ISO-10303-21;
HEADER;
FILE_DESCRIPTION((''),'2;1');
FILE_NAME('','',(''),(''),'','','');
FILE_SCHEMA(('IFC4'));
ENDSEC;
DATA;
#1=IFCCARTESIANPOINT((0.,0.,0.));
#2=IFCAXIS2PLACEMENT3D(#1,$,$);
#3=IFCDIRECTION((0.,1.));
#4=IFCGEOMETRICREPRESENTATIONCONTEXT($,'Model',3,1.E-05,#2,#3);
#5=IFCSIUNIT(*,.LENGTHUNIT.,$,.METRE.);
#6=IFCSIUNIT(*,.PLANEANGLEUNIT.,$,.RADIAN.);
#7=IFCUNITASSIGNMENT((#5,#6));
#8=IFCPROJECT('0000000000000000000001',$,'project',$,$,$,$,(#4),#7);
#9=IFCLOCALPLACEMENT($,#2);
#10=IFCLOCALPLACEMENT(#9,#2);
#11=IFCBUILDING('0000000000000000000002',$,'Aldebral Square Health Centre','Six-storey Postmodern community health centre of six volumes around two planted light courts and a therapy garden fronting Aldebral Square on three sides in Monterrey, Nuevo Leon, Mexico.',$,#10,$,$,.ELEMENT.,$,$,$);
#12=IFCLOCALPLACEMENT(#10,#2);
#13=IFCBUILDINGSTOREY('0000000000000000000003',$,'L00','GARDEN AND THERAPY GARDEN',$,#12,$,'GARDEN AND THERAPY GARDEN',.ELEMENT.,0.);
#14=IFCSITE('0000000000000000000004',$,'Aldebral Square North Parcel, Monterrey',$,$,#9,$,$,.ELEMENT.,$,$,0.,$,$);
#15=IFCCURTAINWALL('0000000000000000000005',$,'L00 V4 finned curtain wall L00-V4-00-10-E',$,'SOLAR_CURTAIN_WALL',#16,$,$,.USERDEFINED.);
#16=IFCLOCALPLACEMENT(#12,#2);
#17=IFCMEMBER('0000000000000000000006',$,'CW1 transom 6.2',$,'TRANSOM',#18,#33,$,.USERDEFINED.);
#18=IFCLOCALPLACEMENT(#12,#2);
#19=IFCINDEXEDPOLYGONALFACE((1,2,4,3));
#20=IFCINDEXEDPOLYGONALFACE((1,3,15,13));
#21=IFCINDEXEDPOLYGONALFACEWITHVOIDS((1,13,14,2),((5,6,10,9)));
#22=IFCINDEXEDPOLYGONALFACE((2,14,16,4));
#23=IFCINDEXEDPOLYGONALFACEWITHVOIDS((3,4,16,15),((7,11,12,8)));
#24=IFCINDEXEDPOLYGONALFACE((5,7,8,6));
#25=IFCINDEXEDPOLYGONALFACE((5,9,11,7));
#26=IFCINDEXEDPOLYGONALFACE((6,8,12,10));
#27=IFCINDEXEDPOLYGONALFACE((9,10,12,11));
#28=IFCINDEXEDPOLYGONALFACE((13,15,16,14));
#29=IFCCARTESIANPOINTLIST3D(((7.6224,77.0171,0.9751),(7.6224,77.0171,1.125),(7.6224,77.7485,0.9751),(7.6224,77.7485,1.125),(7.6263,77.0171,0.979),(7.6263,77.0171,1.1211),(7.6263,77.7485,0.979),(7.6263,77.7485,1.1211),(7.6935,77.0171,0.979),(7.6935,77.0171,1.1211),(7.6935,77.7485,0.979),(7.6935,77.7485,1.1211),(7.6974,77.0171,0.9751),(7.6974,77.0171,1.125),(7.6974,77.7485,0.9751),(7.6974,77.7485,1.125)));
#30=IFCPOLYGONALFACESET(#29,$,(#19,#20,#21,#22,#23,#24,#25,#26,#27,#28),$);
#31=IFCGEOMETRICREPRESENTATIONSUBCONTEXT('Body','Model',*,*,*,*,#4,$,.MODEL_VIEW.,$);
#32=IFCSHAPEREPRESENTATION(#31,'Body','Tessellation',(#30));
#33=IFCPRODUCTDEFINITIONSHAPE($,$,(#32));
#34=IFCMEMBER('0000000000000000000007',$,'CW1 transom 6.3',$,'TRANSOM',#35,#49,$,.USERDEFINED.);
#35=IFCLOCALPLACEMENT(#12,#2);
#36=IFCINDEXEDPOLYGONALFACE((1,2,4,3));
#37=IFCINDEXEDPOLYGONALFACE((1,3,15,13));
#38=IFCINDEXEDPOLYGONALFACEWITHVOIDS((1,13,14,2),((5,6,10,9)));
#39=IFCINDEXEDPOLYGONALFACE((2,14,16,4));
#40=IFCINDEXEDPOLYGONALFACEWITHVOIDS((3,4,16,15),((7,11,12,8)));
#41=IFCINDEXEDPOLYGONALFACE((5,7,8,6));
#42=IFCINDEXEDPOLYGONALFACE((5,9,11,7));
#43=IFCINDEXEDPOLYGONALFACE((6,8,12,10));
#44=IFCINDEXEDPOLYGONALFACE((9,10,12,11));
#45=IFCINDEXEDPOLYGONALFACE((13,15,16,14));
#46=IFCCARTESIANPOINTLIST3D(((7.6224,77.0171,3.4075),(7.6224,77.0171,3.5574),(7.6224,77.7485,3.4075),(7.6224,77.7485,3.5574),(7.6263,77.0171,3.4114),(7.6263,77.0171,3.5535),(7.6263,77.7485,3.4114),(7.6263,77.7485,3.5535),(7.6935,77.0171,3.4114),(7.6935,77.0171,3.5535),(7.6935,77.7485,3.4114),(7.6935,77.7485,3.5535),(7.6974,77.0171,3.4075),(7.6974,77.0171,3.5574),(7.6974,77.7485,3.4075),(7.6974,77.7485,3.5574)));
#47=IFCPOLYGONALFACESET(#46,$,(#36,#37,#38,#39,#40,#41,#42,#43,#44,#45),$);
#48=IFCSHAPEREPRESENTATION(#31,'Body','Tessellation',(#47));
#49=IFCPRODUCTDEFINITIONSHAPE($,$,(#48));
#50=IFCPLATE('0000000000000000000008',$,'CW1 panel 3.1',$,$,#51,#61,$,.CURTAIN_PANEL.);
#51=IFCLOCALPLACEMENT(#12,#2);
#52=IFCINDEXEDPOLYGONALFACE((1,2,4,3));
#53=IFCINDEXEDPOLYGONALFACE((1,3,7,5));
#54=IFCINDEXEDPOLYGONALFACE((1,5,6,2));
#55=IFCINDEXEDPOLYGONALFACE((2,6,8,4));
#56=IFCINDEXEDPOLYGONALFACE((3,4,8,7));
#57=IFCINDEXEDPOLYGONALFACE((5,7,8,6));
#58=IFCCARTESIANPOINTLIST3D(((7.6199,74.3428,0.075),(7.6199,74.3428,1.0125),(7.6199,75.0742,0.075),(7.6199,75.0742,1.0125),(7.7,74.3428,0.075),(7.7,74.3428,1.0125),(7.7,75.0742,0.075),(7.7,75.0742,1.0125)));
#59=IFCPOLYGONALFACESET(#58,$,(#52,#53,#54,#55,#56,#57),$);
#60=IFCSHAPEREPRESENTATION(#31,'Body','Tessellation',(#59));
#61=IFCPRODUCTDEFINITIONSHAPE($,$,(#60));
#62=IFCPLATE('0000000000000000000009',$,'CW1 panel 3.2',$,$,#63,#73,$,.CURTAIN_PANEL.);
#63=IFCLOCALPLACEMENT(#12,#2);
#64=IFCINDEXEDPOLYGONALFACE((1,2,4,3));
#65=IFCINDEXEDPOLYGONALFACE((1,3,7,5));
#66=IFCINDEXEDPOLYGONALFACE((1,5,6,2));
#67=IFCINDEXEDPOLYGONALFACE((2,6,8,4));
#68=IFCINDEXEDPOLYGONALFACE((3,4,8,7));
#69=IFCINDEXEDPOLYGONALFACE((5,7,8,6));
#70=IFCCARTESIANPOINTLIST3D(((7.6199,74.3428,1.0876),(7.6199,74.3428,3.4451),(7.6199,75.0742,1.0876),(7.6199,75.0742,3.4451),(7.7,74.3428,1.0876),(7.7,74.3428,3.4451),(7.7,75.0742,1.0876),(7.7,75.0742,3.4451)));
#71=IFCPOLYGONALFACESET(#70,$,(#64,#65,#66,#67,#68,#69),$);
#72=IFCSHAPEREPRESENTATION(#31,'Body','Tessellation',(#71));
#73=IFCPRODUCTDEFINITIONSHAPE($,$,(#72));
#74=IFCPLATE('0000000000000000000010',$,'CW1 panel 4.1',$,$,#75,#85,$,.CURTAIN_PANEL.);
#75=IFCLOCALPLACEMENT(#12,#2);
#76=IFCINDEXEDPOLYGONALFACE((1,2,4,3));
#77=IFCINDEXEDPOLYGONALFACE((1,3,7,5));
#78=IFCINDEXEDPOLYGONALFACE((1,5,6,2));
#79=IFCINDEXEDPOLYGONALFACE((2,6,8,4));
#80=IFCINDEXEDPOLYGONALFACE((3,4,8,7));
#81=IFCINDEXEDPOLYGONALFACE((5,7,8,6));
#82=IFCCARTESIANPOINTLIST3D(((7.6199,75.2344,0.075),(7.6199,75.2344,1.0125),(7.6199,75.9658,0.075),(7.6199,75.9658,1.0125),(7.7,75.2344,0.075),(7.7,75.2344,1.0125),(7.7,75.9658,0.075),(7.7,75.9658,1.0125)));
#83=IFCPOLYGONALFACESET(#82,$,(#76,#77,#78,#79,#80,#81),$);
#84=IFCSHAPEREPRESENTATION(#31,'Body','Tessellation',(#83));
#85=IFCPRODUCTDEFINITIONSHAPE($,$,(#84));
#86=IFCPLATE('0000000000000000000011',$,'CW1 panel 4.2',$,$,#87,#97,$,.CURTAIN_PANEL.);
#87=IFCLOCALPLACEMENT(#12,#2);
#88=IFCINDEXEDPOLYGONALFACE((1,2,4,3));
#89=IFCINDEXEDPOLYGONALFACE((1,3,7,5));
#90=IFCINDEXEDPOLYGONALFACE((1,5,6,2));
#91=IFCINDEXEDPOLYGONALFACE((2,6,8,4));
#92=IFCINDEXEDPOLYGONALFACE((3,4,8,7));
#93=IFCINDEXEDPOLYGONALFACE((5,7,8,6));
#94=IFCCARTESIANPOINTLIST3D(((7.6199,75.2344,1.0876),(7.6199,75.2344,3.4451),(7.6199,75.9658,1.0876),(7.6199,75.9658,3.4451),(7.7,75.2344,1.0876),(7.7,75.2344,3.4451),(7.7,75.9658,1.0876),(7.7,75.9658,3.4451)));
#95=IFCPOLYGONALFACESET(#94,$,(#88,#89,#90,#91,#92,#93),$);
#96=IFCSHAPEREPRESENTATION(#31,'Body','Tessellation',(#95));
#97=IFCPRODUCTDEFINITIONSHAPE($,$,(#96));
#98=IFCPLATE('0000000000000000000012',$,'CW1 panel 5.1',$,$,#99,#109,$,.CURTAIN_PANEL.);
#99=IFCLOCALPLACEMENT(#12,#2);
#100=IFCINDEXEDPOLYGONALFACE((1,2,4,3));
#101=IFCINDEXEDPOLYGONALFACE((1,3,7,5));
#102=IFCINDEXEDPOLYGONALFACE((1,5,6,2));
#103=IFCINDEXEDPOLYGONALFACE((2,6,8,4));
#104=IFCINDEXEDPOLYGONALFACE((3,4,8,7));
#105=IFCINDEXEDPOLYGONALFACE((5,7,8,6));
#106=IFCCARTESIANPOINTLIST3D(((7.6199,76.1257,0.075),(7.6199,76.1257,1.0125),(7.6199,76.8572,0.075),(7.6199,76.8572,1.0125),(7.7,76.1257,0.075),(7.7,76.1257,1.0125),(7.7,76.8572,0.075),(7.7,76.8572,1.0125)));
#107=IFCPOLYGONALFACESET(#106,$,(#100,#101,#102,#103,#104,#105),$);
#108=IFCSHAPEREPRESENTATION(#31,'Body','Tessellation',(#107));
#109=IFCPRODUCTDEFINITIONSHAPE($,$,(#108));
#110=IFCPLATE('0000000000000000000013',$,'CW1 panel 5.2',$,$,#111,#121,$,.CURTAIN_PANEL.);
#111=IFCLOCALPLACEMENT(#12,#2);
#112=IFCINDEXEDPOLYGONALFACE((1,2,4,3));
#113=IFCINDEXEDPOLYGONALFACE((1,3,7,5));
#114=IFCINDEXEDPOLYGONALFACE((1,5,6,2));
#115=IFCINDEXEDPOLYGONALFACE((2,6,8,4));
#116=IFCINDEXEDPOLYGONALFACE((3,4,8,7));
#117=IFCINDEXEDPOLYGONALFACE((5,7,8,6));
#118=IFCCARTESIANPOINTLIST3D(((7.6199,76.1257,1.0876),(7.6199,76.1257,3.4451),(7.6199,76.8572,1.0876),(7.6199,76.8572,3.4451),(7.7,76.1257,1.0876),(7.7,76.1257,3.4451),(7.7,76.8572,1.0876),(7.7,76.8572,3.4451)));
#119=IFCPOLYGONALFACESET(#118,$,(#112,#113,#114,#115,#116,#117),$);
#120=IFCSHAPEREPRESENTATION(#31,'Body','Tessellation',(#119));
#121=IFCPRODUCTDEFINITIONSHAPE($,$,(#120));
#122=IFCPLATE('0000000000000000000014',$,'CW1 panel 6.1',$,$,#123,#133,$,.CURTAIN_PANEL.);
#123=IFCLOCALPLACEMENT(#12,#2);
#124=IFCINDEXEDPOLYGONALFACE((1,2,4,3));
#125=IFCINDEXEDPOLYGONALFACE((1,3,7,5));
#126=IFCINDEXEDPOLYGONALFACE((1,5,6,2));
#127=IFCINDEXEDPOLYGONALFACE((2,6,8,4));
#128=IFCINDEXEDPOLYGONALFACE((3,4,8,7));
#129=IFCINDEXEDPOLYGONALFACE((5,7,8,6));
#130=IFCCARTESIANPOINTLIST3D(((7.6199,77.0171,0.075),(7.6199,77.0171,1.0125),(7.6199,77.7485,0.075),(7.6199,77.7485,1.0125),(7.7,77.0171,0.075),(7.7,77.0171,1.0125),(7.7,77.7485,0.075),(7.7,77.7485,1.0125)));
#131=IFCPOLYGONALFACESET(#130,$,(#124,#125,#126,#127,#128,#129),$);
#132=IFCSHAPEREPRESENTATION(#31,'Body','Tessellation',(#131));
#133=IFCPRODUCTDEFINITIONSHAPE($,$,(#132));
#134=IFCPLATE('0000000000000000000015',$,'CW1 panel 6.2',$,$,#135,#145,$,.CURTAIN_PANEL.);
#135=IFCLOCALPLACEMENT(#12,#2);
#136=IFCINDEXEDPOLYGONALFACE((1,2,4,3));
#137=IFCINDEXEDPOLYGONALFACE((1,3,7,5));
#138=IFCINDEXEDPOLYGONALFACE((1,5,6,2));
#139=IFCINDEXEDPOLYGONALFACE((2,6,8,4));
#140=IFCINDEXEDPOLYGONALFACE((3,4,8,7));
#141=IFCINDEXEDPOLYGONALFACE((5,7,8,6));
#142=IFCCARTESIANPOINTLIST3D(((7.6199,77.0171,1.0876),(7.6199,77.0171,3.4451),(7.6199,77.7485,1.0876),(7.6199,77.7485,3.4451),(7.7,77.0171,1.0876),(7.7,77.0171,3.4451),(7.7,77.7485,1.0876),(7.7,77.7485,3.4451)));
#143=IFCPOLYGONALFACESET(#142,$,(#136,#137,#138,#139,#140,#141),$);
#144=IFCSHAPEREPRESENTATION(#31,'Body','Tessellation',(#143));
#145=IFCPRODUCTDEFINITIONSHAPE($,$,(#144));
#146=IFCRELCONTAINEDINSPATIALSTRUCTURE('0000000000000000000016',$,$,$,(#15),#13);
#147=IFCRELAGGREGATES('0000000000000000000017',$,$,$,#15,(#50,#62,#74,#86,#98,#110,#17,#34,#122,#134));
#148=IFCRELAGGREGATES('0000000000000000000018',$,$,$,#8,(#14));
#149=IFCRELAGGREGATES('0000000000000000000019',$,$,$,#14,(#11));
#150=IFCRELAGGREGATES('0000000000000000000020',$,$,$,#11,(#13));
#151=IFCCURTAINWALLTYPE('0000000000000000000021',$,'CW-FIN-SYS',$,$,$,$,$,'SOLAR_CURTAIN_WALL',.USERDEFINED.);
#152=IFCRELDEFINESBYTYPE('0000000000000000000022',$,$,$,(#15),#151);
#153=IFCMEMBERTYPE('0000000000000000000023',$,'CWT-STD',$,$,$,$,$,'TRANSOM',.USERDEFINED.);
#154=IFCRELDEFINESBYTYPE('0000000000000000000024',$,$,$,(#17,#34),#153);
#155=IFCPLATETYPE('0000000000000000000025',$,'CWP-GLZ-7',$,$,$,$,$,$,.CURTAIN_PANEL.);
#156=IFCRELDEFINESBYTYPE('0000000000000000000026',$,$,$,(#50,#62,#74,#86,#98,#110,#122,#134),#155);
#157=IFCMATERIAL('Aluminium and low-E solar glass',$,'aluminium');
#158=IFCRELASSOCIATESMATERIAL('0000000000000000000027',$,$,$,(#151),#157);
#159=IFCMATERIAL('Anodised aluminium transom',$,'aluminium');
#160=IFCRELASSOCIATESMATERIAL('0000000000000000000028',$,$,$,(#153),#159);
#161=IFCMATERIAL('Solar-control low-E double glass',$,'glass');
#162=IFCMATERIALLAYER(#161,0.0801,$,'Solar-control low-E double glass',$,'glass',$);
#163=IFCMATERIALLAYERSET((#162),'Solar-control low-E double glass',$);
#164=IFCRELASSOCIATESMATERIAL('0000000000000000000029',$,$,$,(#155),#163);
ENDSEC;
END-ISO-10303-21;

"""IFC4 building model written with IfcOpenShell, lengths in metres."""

from ifc_helpers import new_model, si_unit, direction, frame, origin, origin_2d, place, context, subcontext, project, spatial, rectangle, hollow_rectangle, extrude, material, layer, layer_set, material_profile, profile_set, type_object, element, aggregate, save


model = new_model("IFC4")

# Units and contexts
model_context = context("Model", 3, precision=1e-05, world=origin(), true_north=direction((0.0, 1.0)))
body_context = subcontext(model_context, "Body", "Model", "MODEL_VIEW")
ifc_project = project(units=[si_unit("LENGTHUNIT", "METRE"), si_unit("PLANEANGLEUNIT", "RADIAN")], contexts=[model_context])

# Site, building, storey
site_placement = place(None, origin())
site = spatial("IfcSite", under=ifc_project, at=site_placement, Name="Aldebral Square North Parcel, Monterrey", CompositionType="ELEMENT", RefElevation=0.0)
building_placement = place(site_placement, origin())
building = spatial("IfcBuilding", under=site, at=building_placement, Name="Aldebral Square Health Centre", Description="Six-storey Postmodern community health centre of six volumes around two planted light courts and a therapy garden fronting Aldebral Square on three sides in Monterrey, Nuevo Leon, Mexico.", CompositionType="ELEMENT")
storey_placement = place(building_placement, origin())
storey = spatial("IfcBuildingStorey", under=building, at=storey_placement, Name="L00", Description="GARDEN AND THERAPY GARDEN", LongName="GARDEN AND THERAPY GARDEN", CompositionType="ELEMENT", Elevation=0.0)

# Curtain wall, members, plates
ifc_material_1 = material(Name="Aluminium and low-E solar glass", Category="aluminium")
curtain_wall_type = type_object("IfcCurtainWallType", Name="CW-FIN-SYS", ElementType="SOLAR_CURTAIN_WALL", PredefinedType="USERDEFINED", material=ifc_material_1)
curtain_wall_placement = place(storey_placement, origin())
curtain_wall = element("IfcCurtainWall", 1, at=curtain_wall_placement, inside=storey, type_object=curtain_wall_type, Name="L00 V4 finned curtain wall L00-V4-00-10-E", ObjectType="SOLAR_CURTAIN_WALL", PredefinedType="USERDEFINED")
ifc_material_2 = material(Name="Anodised aluminium transom", Category="aluminium")
ifc_material_profile_1 = material_profile(ifc_material_2, hollow_rectangle(XDim=0.075, YDim=0.1499, WallThickness=0.0039, at=origin_2d()), Name="CWT 75x150x4")
ifc_profile_set_1 = profile_set([ifc_material_profile_1], Name="Anodised aluminium transom")
member_type_1 = type_object("IfcMemberType", Name="CWT-STD", ElementType="TRANSOM", PredefinedType="USERDEFINED", material=ifc_profile_set_1)
member_1_placement = place(storey_placement, frame((7.6599, 77.0171, 1.05), z_axis=(0.0, 1.0, 0.0), x_axis=(-1.0, 0.0, 0.0)))
member_1 = element("IfcMember", 2, at=member_1_placement, type_object=member_type_1, Name="CW1 transom 6.2", ObjectType="TRANSOM", PredefinedType="USERDEFINED", context=body_context, shape_type="SweptSolid", body=[
    extrude(hollow_rectangle(XDim=0.075, YDim=0.1499, WallThickness=0.0039, at=origin_2d()), origin(), (0.0, 0.0, 1.0), 0.7314),
])
member_2_placement = place(storey_placement, frame((7.6599, 77.0171, 3.4824), z_axis=(0.0, 1.0, 0.0), x_axis=(-1.0, 0.0, 0.0)))
member_2 = element("IfcMember", 3, at=member_2_placement, type_object=member_type_1, Name="CW1 transom 6.3", ObjectType="TRANSOM", PredefinedType="USERDEFINED", context=body_context, shape_type="SweptSolid", body=[
    extrude(hollow_rectangle(XDim=0.075, YDim=0.1499, WallThickness=0.0039, at=origin_2d()), origin(), (0.0, 0.0, 1.0), 0.7314),
])
ifc_material_3 = material(Name="Solar-control low-E double glass", Category="glass")
ifc_layer_1 = layer(ifc_material_3, 0.0801, Name="Solar-control low-E double glass", Category="glass")
ifc_layer_set_1 = layer_set([ifc_layer_1], Name="Solar-control low-E double glass")
plate_type = type_object("IfcPlateType", Name="CWP-GLZ-7", PredefinedType="CURTAIN_PANEL", material=ifc_layer_set_1)
plate_1_placement = place(storey_placement, frame((7.6599, 74.7085, 0.075), z_axis=(0.0, 0.0, 1.0), x_axis=(0.0, 1.0, 0.0)))
plate_1 = element("IfcPlate", 4, at=plate_1_placement, type_object=plate_type, Name="CW1 panel 3.1", PredefinedType="CURTAIN_PANEL", context=body_context, shape_type="SweptSolid", body=[
    extrude(rectangle(XDim=0.7314, YDim=0.0801, at=origin_2d()), origin(), (0.0, 0.0, 1.0), 0.9375),
])
plate_2_placement = place(storey_placement, frame((7.6599, 74.7085, 1.0876), z_axis=(0.0, 0.0, 1.0), x_axis=(0.0, 1.0, 0.0)))
plate_2 = element("IfcPlate", 5, at=plate_2_placement, type_object=plate_type, Name="CW1 panel 3.2", PredefinedType="CURTAIN_PANEL", context=body_context, shape_type="SweptSolid", body=[
    extrude(rectangle(XDim=0.7314, YDim=0.0801, at=origin_2d()), origin(), (0.0, 0.0, 1.0), 2.3574),
])
plate_3_placement = place(storey_placement, frame((7.6599, 75.6001, 0.075), z_axis=(0.0, 0.0, 1.0), x_axis=(0.0, 1.0, 0.0)))
plate_3 = element("IfcPlate", 6, at=plate_3_placement, type_object=plate_type, Name="CW1 panel 4.1", PredefinedType="CURTAIN_PANEL", context=body_context, shape_type="SweptSolid", body=[
    extrude(rectangle(XDim=0.7314, YDim=0.0801, at=origin_2d()), origin(), (0.0, 0.0, 1.0), 0.9375),
])
plate_4_placement = place(storey_placement, frame((7.6599, 75.6001, 1.0876), z_axis=(0.0, 0.0, 1.0), x_axis=(0.0, 1.0, 0.0)))
plate_4 = element("IfcPlate", 7, at=plate_4_placement, type_object=plate_type, Name="CW1 panel 4.2", PredefinedType="CURTAIN_PANEL", context=body_context, shape_type="SweptSolid", body=[
    extrude(rectangle(XDim=0.7314, YDim=0.0801, at=origin_2d()), origin(), (0.0, 0.0, 1.0), 2.3574),
])
plate_5_placement = place(storey_placement, frame((7.6599, 76.4915, 0.075), z_axis=(0.0, 0.0, 1.0), x_axis=(0.0, 1.0, 0.0)))
plate_5 = element("IfcPlate", 8, at=plate_5_placement, type_object=plate_type, Name="CW1 panel 5.1", PredefinedType="CURTAIN_PANEL", context=body_context, shape_type="SweptSolid", body=[
    extrude(rectangle(XDim=0.7314, YDim=0.0801, at=origin_2d()), origin(), (0.0, 0.0, 1.0), 0.9375),
])
plate_6_placement = place(storey_placement, frame((7.6599, 76.4915, 1.0876), z_axis=(0.0, 0.0, 1.0), x_axis=(0.0, 1.0, 0.0)))
plate_6 = element("IfcPlate", 9, at=plate_6_placement, type_object=plate_type, Name="CW1 panel 5.2", PredefinedType="CURTAIN_PANEL", context=body_context, shape_type="SweptSolid", body=[
    extrude(rectangle(XDim=0.7314, YDim=0.0801, at=origin_2d()), origin(), (0.0, 0.0, 1.0), 2.3574),
])
plate_7_placement = place(storey_placement, frame((7.6599, 77.3828, 0.075), z_axis=(0.0, 0.0, 1.0), x_axis=(0.0, 1.0, 0.0)))
plate_7 = element("IfcPlate", 10, at=plate_7_placement, type_object=plate_type, Name="CW1 panel 6.1", PredefinedType="CURTAIN_PANEL", context=body_context, shape_type="SweptSolid", body=[
    extrude(rectangle(XDim=0.7314, YDim=0.0801, at=origin_2d()), origin(), (0.0, 0.0, 1.0), 0.9375),
])
plate_8_placement = place(storey_placement, frame((7.6599, 77.3828, 1.0876), z_axis=(0.0, 0.0, 1.0), x_axis=(0.0, 1.0, 0.0)))
plate_8 = element("IfcPlate", 11, at=plate_8_placement, type_object=plate_type, Name="CW1 panel 6.2", PredefinedType="CURTAIN_PANEL", context=body_context, shape_type="SweptSolid", body=[
    extrude(rectangle(XDim=0.7314, YDim=0.0801, at=origin_2d()), origin(), (0.0, 0.0, 1.0), 2.3574),
])
aggregate(curtain_wall, [plate_1, plate_2, plate_3, plate_4, plate_5, plate_6, member_1, member_2, plate_7, plate_8])

save(model, "model.ifc")
